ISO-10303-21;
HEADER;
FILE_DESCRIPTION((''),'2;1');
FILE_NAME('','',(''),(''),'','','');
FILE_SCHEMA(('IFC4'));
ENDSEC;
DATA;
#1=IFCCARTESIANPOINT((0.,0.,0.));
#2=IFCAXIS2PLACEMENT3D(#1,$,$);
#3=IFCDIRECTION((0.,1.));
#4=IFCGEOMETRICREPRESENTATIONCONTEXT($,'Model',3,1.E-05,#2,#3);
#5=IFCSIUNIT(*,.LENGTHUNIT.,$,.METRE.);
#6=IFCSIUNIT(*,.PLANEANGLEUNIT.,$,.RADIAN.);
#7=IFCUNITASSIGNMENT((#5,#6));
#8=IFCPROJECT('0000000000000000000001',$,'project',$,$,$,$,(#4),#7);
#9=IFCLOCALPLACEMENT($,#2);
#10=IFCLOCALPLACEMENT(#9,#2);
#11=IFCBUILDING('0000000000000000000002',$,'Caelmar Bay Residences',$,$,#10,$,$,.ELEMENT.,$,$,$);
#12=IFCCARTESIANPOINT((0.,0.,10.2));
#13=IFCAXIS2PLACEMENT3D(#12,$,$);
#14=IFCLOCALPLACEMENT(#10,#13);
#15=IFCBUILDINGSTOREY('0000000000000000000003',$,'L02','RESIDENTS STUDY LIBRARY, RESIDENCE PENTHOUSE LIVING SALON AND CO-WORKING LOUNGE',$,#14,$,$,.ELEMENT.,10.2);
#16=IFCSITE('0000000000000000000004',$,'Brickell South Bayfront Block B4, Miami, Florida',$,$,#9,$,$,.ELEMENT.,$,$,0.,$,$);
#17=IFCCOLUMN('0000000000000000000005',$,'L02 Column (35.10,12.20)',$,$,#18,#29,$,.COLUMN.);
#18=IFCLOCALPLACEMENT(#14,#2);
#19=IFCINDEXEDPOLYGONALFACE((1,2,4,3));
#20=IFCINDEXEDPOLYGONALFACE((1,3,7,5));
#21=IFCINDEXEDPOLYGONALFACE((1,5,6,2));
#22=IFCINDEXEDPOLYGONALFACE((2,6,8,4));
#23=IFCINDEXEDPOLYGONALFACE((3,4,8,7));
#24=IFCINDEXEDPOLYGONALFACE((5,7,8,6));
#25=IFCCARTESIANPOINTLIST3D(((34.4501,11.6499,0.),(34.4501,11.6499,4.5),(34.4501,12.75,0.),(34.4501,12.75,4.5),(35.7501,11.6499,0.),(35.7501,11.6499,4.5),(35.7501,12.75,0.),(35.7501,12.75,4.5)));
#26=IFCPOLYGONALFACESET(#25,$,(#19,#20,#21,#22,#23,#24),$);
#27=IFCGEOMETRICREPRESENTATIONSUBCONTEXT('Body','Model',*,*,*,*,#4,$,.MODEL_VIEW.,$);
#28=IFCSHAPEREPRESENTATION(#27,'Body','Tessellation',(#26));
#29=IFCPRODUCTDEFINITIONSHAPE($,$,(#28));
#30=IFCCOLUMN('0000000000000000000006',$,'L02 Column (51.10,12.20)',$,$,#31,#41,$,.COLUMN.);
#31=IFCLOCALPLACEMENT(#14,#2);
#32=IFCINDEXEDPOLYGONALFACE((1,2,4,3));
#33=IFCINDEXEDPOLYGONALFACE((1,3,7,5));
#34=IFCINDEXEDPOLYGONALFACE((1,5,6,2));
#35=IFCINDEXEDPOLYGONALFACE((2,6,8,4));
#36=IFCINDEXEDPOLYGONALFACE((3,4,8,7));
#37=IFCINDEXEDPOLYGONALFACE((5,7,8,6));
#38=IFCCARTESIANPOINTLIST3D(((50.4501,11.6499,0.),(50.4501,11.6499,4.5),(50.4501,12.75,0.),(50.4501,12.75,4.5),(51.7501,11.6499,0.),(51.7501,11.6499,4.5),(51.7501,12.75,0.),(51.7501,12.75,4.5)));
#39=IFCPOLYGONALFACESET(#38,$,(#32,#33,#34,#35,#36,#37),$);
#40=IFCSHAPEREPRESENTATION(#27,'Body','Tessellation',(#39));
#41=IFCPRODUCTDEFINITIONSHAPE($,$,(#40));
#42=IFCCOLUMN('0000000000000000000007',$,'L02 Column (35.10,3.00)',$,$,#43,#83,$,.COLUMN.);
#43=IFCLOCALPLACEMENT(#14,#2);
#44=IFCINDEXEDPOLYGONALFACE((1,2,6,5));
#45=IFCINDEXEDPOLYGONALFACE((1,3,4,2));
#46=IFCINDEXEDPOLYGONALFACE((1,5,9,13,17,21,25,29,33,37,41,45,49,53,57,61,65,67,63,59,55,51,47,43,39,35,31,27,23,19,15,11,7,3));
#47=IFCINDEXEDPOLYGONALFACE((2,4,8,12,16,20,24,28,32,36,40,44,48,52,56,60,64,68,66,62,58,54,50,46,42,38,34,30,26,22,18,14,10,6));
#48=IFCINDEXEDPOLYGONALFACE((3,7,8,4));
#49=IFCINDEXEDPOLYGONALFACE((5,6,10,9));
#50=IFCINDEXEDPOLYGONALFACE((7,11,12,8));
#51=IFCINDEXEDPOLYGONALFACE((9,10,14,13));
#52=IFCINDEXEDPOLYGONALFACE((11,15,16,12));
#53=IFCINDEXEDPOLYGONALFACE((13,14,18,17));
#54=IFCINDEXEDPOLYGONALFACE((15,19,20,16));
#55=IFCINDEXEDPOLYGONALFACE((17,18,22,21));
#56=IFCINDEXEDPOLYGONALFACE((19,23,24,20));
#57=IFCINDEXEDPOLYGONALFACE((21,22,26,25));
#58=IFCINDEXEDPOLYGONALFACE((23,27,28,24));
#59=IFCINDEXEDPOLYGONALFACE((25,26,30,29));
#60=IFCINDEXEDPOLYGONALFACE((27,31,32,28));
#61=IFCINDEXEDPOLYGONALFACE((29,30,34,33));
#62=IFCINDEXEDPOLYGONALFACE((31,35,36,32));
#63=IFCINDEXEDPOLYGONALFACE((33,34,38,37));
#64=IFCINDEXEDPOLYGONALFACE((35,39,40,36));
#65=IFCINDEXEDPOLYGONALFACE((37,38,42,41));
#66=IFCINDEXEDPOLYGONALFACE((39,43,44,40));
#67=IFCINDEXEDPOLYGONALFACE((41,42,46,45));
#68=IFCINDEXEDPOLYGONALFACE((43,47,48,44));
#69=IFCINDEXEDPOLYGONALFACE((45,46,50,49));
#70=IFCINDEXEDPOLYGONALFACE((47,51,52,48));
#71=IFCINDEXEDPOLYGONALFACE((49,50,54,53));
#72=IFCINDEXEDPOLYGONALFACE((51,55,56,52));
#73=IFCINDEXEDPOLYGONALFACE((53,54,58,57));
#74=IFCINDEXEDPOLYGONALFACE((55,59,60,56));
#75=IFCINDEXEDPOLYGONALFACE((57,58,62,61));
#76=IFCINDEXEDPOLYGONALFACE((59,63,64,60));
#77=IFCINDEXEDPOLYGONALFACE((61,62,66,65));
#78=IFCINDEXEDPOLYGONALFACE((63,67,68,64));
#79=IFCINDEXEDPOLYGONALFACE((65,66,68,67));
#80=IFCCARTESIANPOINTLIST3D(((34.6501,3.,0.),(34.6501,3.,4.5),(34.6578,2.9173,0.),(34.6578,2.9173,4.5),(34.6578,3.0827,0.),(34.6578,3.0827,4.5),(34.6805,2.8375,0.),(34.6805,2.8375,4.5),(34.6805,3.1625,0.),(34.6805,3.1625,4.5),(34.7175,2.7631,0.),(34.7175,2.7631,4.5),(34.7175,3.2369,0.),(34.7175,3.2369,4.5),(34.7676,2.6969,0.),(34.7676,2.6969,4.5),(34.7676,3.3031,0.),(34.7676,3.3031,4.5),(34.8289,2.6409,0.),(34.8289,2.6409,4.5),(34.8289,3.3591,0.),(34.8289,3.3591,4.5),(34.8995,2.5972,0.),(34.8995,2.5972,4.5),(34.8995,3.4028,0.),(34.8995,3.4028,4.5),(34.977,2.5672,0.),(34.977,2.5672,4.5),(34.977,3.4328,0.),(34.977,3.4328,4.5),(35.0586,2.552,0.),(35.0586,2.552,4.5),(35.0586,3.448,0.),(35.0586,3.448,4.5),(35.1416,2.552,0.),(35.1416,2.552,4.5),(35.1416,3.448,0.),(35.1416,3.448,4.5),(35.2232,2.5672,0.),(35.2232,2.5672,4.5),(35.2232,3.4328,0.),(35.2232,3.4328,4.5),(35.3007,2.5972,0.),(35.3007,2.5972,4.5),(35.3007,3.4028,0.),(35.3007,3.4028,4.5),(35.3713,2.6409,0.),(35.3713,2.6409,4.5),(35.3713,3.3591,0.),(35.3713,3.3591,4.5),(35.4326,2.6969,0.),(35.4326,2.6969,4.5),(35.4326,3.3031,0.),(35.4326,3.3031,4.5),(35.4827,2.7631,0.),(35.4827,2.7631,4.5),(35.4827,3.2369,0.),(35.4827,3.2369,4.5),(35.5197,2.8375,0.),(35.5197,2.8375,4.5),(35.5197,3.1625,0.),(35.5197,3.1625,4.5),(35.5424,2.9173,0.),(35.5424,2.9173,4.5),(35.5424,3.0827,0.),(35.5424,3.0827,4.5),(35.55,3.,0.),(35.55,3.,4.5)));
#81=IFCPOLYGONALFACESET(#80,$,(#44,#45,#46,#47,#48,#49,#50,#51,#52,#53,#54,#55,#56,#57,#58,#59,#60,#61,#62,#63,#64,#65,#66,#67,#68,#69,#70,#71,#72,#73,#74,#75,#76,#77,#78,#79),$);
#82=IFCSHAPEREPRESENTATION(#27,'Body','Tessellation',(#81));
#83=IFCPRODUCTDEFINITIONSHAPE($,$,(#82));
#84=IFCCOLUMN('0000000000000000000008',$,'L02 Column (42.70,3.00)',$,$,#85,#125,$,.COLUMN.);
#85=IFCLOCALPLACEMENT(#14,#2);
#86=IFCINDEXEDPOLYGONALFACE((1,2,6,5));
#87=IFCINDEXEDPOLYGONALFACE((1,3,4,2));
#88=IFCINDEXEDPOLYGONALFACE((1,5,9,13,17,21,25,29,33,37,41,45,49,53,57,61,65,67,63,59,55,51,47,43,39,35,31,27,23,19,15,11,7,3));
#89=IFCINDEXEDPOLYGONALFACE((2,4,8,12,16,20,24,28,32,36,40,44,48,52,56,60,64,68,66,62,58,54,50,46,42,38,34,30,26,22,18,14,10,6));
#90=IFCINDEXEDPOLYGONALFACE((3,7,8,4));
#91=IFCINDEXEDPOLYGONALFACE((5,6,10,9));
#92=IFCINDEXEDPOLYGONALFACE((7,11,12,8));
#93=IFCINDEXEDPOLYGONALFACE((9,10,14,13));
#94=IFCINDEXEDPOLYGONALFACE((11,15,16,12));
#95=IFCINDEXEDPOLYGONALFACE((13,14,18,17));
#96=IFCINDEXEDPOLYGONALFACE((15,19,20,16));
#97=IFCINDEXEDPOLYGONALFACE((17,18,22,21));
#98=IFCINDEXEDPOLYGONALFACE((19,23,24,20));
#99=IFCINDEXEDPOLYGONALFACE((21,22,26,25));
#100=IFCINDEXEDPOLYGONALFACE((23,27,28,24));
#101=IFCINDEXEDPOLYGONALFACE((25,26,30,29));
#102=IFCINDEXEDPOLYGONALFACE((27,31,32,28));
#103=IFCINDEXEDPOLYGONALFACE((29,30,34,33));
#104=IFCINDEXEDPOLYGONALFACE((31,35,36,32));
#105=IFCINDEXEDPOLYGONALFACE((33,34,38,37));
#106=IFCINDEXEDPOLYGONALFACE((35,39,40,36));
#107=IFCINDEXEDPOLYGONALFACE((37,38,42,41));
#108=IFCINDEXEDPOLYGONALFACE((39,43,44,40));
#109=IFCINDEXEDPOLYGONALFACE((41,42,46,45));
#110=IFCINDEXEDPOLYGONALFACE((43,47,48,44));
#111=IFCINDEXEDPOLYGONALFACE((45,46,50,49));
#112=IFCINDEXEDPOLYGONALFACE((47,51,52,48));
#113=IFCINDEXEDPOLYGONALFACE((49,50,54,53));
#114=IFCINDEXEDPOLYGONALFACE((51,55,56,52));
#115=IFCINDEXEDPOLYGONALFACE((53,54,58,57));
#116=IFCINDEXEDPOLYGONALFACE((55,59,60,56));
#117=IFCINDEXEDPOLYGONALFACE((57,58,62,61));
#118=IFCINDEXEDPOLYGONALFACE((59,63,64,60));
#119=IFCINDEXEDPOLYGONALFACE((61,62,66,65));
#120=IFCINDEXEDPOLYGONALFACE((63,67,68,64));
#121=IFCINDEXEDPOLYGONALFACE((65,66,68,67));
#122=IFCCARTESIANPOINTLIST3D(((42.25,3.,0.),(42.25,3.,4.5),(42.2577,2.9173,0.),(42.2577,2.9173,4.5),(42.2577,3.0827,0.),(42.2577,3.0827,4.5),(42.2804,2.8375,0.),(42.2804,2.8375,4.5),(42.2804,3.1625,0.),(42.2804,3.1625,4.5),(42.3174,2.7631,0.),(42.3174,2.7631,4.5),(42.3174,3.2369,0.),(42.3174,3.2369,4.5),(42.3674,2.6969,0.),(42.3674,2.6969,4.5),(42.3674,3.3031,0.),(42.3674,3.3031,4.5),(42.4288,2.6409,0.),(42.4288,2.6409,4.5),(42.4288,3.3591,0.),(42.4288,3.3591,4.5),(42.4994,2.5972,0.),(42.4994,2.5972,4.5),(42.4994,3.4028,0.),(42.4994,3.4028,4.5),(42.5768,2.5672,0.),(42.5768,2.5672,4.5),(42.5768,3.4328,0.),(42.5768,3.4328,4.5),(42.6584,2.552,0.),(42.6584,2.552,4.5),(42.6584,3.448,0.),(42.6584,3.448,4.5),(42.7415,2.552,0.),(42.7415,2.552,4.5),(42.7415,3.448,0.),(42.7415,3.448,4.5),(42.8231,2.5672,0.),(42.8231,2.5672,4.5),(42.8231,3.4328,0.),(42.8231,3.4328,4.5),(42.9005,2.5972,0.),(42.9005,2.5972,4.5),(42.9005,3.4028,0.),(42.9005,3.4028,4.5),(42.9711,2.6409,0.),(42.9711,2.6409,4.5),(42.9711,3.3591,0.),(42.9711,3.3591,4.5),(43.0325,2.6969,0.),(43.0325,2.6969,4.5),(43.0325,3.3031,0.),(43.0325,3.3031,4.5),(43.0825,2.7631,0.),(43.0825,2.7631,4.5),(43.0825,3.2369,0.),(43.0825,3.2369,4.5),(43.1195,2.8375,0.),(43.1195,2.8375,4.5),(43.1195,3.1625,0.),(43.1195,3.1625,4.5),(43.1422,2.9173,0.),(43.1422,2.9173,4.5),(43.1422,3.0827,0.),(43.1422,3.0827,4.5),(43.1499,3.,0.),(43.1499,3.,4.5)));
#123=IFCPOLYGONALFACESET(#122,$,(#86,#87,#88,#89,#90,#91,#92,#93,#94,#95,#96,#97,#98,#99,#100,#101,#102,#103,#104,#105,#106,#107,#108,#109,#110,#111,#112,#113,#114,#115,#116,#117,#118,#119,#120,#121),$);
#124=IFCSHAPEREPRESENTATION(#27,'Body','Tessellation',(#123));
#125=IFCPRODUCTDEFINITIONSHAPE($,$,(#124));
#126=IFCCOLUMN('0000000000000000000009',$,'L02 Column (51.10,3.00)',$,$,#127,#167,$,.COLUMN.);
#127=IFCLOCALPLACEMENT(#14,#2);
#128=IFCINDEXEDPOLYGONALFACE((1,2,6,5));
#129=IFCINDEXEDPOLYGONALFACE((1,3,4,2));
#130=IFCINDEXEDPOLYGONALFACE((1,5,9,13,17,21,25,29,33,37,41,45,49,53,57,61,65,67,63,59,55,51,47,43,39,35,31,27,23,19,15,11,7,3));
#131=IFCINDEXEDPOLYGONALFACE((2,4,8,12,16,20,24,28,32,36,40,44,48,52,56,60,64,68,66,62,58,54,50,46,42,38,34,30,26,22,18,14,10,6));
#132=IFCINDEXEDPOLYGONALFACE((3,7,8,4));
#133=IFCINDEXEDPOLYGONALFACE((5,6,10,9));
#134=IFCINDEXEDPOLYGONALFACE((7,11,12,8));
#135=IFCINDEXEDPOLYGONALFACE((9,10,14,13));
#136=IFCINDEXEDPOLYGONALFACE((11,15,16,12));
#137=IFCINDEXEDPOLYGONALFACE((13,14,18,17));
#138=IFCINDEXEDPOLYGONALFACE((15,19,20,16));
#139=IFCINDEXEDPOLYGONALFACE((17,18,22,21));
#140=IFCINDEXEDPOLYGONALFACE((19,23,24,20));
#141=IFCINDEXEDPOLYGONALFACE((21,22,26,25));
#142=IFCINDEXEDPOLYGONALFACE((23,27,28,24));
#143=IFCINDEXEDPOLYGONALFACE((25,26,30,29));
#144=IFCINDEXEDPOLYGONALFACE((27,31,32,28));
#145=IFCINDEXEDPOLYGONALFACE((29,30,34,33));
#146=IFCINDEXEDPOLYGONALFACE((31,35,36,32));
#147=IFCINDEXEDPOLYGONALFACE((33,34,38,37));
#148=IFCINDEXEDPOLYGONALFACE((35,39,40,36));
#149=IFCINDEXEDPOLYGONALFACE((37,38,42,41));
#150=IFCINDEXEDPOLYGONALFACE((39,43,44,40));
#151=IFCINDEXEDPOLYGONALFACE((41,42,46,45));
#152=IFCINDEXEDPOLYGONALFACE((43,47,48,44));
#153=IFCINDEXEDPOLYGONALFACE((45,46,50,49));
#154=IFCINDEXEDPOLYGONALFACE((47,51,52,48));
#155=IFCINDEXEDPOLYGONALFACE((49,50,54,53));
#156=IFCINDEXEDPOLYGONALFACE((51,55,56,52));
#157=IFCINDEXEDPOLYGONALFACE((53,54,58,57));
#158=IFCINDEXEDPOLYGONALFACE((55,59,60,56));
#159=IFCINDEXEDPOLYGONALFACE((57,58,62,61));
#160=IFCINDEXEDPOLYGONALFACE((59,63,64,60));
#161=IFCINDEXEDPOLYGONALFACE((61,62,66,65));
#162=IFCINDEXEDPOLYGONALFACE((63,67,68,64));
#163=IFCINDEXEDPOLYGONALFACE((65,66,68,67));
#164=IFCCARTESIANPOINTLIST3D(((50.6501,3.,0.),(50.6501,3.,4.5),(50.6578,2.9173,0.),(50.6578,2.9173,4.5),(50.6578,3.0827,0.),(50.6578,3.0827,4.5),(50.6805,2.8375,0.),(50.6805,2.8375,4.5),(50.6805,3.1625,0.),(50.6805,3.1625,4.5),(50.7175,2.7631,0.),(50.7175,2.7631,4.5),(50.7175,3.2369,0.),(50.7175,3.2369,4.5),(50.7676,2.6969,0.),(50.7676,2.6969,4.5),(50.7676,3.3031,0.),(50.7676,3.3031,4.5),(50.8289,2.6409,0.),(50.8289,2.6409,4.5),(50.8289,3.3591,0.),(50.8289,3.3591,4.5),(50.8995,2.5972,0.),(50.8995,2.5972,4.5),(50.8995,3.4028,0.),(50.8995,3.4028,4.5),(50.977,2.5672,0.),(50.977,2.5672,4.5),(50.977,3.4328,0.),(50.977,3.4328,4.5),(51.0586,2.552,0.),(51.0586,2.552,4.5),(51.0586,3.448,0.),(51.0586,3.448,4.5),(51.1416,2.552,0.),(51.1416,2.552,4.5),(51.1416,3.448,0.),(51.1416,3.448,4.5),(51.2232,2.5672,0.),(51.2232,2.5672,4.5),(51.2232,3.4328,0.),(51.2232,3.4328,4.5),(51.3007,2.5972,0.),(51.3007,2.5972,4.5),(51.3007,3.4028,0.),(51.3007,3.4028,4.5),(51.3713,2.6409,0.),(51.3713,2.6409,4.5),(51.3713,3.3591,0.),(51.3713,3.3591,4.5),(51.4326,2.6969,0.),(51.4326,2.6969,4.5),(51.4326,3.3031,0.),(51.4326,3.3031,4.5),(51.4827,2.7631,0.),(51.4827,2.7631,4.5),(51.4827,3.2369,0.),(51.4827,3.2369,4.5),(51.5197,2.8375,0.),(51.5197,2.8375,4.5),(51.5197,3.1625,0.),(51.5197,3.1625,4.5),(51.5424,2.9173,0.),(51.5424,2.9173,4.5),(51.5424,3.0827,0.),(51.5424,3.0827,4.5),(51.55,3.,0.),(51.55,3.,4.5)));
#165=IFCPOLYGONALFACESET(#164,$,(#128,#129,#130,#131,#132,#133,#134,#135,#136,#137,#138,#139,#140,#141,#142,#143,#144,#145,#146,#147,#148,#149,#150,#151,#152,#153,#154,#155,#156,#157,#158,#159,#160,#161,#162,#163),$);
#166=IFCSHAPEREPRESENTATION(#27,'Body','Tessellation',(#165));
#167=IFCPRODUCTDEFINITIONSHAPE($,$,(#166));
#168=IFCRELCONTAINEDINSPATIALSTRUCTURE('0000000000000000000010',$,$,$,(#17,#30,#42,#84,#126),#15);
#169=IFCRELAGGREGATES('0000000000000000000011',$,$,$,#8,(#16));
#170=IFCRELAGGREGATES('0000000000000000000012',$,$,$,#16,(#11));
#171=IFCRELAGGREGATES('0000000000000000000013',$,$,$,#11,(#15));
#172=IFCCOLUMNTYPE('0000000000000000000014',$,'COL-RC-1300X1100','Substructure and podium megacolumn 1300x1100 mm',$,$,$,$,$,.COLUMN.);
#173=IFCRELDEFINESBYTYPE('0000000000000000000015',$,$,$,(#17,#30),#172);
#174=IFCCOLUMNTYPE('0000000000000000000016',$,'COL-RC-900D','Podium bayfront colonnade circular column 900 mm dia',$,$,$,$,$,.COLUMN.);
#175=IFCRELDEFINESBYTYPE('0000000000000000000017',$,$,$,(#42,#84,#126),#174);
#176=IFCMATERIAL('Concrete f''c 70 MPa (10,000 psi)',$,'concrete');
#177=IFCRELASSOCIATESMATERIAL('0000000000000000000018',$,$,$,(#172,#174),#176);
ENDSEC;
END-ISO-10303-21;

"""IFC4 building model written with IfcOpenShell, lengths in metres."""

from ifc_helpers import new_model, si_unit, direction, frame, origin, origin_2d, place, context, subcontext, project, spatial, rectangle, circle, extrude, material, material_profile, profile_set, type_object, element, save


model = new_model("IFC4")

# Units and contexts
model_context = context("Model", 3, precision=1e-05, world=origin(), true_north=direction((0.0, 1.0)))
body_context = subcontext(model_context, "Body", "Model", "MODEL_VIEW")
ifc_project = project(units=[si_unit("LENGTHUNIT", "METRE"), si_unit("PLANEANGLEUNIT", "RADIAN")], contexts=[model_context])

# Site, building, storey
site_placement = place(None, origin())
site = spatial("IfcSite", under=ifc_project, at=site_placement, Name="Brickell South Bayfront Block B4, Miami, Florida", CompositionType="ELEMENT", RefElevation=0.0)
building_placement = place(site_placement, origin())
building = spatial("IfcBuilding", under=site, at=building_placement, Name="Caelmar Bay Residences", CompositionType="ELEMENT")
storey_placement = place(building_placement, frame((0.0, 0.0, 10.2)))
storey = spatial("IfcBuildingStorey", under=building, at=storey_placement, Name="L02", Description="RESIDENTS STUDY LIBRARY, RESIDENCE PENTHOUSE LIVING SALON AND CO-WORKING LOUNGE", CompositionType="ELEMENT", Elevation=10.2)

# Columns
ifc_material_1 = material(Name="Concrete f'c 70 MPa (10,000 psi)", Category="concrete")
ifc_material_profile_1 = material_profile(ifc_material_1, rectangle(XDim=1.3, YDim=1.1001, at=origin_2d()), Name="RC-COL-1300X1100")
ifc_profile_set_1 = profile_set([ifc_material_profile_1], Name="Concrete f'c 70 MPa (10,000 psi)")
column_type_1 = type_object("IfcColumnType", Name="COL-RC-1300X1100", Description="Substructure and podium megacolumn 1300x1100 mm", PredefinedType="COLUMN", material=ifc_profile_set_1)
for number, where, z_axis, x_axis, name in (
    (1, (35.1001, 12.2, 0.0), (0.0, 0.0, 1.0), (1.0, 0.0, 0.0), "L02 Column (35.10,12.20)"),
    (2, (51.1001, 12.2, 0.0), (0.0, 0.0, 1.0), (1.0, 0.0, 0.0), "L02 Column (51.10,12.20)"),
):
    element("IfcColumn", number, at=place(storey_placement, frame(where, z_axis=z_axis, x_axis=x_axis)), inside=storey, type_object=column_type_1, Name=name, PredefinedType="COLUMN", context=body_context, shape_type="SweptSolid", body=[
        extrude(rectangle(XDim=1.3, YDim=1.1001, at=origin_2d()), origin(), (0.0, 0.0, 1.0), 4.5),
    ])
ifc_material_profile_2 = material_profile(ifc_material_1, circle(Radius=0.45, at=origin_2d()), Name="RC-COL-900D")
ifc_profile_set_2 = profile_set([ifc_material_profile_2], Name="Concrete f'c 70 MPa (10,000 psi)")
column_type_2 = type_object("IfcColumnType", Name="COL-RC-900D", Description="Podium bayfront colonnade circular column 900 mm dia", PredefinedType="COLUMN", material=ifc_profile_set_2)
for number, where, z_axis, x_axis, name in (
    (3, (35.1001, 3.0, 0.0), (0.0, 0.0, 1.0), (1.0, 0.0, 0.0), "L02 Column (35.10,3.00)"),
    (4, (42.7, 3.0, 0.0), (0.0, 0.0, 1.0), (1.0, 0.0, 0.0), "L02 Column (42.70,3.00)"),
    (5, (51.1001, 3.0, 0.0), (0.0, 0.0, 1.0), (1.0, 0.0, 0.0), "L02 Column (51.10,3.00)"),
):
    element("IfcColumn", number, at=place(storey_placement, frame(where, z_axis=z_axis, x_axis=x_axis)), inside=storey, type_object=column_type_2, Name=name, PredefinedType="COLUMN", context=body_context, shape_type="SweptSolid", body=[
        extrude(circle(Radius=0.45, at=origin_2d()), origin(), (0.0, 0.0, 1.0), 4.5),
    ])

save(model, "model.ifc")
